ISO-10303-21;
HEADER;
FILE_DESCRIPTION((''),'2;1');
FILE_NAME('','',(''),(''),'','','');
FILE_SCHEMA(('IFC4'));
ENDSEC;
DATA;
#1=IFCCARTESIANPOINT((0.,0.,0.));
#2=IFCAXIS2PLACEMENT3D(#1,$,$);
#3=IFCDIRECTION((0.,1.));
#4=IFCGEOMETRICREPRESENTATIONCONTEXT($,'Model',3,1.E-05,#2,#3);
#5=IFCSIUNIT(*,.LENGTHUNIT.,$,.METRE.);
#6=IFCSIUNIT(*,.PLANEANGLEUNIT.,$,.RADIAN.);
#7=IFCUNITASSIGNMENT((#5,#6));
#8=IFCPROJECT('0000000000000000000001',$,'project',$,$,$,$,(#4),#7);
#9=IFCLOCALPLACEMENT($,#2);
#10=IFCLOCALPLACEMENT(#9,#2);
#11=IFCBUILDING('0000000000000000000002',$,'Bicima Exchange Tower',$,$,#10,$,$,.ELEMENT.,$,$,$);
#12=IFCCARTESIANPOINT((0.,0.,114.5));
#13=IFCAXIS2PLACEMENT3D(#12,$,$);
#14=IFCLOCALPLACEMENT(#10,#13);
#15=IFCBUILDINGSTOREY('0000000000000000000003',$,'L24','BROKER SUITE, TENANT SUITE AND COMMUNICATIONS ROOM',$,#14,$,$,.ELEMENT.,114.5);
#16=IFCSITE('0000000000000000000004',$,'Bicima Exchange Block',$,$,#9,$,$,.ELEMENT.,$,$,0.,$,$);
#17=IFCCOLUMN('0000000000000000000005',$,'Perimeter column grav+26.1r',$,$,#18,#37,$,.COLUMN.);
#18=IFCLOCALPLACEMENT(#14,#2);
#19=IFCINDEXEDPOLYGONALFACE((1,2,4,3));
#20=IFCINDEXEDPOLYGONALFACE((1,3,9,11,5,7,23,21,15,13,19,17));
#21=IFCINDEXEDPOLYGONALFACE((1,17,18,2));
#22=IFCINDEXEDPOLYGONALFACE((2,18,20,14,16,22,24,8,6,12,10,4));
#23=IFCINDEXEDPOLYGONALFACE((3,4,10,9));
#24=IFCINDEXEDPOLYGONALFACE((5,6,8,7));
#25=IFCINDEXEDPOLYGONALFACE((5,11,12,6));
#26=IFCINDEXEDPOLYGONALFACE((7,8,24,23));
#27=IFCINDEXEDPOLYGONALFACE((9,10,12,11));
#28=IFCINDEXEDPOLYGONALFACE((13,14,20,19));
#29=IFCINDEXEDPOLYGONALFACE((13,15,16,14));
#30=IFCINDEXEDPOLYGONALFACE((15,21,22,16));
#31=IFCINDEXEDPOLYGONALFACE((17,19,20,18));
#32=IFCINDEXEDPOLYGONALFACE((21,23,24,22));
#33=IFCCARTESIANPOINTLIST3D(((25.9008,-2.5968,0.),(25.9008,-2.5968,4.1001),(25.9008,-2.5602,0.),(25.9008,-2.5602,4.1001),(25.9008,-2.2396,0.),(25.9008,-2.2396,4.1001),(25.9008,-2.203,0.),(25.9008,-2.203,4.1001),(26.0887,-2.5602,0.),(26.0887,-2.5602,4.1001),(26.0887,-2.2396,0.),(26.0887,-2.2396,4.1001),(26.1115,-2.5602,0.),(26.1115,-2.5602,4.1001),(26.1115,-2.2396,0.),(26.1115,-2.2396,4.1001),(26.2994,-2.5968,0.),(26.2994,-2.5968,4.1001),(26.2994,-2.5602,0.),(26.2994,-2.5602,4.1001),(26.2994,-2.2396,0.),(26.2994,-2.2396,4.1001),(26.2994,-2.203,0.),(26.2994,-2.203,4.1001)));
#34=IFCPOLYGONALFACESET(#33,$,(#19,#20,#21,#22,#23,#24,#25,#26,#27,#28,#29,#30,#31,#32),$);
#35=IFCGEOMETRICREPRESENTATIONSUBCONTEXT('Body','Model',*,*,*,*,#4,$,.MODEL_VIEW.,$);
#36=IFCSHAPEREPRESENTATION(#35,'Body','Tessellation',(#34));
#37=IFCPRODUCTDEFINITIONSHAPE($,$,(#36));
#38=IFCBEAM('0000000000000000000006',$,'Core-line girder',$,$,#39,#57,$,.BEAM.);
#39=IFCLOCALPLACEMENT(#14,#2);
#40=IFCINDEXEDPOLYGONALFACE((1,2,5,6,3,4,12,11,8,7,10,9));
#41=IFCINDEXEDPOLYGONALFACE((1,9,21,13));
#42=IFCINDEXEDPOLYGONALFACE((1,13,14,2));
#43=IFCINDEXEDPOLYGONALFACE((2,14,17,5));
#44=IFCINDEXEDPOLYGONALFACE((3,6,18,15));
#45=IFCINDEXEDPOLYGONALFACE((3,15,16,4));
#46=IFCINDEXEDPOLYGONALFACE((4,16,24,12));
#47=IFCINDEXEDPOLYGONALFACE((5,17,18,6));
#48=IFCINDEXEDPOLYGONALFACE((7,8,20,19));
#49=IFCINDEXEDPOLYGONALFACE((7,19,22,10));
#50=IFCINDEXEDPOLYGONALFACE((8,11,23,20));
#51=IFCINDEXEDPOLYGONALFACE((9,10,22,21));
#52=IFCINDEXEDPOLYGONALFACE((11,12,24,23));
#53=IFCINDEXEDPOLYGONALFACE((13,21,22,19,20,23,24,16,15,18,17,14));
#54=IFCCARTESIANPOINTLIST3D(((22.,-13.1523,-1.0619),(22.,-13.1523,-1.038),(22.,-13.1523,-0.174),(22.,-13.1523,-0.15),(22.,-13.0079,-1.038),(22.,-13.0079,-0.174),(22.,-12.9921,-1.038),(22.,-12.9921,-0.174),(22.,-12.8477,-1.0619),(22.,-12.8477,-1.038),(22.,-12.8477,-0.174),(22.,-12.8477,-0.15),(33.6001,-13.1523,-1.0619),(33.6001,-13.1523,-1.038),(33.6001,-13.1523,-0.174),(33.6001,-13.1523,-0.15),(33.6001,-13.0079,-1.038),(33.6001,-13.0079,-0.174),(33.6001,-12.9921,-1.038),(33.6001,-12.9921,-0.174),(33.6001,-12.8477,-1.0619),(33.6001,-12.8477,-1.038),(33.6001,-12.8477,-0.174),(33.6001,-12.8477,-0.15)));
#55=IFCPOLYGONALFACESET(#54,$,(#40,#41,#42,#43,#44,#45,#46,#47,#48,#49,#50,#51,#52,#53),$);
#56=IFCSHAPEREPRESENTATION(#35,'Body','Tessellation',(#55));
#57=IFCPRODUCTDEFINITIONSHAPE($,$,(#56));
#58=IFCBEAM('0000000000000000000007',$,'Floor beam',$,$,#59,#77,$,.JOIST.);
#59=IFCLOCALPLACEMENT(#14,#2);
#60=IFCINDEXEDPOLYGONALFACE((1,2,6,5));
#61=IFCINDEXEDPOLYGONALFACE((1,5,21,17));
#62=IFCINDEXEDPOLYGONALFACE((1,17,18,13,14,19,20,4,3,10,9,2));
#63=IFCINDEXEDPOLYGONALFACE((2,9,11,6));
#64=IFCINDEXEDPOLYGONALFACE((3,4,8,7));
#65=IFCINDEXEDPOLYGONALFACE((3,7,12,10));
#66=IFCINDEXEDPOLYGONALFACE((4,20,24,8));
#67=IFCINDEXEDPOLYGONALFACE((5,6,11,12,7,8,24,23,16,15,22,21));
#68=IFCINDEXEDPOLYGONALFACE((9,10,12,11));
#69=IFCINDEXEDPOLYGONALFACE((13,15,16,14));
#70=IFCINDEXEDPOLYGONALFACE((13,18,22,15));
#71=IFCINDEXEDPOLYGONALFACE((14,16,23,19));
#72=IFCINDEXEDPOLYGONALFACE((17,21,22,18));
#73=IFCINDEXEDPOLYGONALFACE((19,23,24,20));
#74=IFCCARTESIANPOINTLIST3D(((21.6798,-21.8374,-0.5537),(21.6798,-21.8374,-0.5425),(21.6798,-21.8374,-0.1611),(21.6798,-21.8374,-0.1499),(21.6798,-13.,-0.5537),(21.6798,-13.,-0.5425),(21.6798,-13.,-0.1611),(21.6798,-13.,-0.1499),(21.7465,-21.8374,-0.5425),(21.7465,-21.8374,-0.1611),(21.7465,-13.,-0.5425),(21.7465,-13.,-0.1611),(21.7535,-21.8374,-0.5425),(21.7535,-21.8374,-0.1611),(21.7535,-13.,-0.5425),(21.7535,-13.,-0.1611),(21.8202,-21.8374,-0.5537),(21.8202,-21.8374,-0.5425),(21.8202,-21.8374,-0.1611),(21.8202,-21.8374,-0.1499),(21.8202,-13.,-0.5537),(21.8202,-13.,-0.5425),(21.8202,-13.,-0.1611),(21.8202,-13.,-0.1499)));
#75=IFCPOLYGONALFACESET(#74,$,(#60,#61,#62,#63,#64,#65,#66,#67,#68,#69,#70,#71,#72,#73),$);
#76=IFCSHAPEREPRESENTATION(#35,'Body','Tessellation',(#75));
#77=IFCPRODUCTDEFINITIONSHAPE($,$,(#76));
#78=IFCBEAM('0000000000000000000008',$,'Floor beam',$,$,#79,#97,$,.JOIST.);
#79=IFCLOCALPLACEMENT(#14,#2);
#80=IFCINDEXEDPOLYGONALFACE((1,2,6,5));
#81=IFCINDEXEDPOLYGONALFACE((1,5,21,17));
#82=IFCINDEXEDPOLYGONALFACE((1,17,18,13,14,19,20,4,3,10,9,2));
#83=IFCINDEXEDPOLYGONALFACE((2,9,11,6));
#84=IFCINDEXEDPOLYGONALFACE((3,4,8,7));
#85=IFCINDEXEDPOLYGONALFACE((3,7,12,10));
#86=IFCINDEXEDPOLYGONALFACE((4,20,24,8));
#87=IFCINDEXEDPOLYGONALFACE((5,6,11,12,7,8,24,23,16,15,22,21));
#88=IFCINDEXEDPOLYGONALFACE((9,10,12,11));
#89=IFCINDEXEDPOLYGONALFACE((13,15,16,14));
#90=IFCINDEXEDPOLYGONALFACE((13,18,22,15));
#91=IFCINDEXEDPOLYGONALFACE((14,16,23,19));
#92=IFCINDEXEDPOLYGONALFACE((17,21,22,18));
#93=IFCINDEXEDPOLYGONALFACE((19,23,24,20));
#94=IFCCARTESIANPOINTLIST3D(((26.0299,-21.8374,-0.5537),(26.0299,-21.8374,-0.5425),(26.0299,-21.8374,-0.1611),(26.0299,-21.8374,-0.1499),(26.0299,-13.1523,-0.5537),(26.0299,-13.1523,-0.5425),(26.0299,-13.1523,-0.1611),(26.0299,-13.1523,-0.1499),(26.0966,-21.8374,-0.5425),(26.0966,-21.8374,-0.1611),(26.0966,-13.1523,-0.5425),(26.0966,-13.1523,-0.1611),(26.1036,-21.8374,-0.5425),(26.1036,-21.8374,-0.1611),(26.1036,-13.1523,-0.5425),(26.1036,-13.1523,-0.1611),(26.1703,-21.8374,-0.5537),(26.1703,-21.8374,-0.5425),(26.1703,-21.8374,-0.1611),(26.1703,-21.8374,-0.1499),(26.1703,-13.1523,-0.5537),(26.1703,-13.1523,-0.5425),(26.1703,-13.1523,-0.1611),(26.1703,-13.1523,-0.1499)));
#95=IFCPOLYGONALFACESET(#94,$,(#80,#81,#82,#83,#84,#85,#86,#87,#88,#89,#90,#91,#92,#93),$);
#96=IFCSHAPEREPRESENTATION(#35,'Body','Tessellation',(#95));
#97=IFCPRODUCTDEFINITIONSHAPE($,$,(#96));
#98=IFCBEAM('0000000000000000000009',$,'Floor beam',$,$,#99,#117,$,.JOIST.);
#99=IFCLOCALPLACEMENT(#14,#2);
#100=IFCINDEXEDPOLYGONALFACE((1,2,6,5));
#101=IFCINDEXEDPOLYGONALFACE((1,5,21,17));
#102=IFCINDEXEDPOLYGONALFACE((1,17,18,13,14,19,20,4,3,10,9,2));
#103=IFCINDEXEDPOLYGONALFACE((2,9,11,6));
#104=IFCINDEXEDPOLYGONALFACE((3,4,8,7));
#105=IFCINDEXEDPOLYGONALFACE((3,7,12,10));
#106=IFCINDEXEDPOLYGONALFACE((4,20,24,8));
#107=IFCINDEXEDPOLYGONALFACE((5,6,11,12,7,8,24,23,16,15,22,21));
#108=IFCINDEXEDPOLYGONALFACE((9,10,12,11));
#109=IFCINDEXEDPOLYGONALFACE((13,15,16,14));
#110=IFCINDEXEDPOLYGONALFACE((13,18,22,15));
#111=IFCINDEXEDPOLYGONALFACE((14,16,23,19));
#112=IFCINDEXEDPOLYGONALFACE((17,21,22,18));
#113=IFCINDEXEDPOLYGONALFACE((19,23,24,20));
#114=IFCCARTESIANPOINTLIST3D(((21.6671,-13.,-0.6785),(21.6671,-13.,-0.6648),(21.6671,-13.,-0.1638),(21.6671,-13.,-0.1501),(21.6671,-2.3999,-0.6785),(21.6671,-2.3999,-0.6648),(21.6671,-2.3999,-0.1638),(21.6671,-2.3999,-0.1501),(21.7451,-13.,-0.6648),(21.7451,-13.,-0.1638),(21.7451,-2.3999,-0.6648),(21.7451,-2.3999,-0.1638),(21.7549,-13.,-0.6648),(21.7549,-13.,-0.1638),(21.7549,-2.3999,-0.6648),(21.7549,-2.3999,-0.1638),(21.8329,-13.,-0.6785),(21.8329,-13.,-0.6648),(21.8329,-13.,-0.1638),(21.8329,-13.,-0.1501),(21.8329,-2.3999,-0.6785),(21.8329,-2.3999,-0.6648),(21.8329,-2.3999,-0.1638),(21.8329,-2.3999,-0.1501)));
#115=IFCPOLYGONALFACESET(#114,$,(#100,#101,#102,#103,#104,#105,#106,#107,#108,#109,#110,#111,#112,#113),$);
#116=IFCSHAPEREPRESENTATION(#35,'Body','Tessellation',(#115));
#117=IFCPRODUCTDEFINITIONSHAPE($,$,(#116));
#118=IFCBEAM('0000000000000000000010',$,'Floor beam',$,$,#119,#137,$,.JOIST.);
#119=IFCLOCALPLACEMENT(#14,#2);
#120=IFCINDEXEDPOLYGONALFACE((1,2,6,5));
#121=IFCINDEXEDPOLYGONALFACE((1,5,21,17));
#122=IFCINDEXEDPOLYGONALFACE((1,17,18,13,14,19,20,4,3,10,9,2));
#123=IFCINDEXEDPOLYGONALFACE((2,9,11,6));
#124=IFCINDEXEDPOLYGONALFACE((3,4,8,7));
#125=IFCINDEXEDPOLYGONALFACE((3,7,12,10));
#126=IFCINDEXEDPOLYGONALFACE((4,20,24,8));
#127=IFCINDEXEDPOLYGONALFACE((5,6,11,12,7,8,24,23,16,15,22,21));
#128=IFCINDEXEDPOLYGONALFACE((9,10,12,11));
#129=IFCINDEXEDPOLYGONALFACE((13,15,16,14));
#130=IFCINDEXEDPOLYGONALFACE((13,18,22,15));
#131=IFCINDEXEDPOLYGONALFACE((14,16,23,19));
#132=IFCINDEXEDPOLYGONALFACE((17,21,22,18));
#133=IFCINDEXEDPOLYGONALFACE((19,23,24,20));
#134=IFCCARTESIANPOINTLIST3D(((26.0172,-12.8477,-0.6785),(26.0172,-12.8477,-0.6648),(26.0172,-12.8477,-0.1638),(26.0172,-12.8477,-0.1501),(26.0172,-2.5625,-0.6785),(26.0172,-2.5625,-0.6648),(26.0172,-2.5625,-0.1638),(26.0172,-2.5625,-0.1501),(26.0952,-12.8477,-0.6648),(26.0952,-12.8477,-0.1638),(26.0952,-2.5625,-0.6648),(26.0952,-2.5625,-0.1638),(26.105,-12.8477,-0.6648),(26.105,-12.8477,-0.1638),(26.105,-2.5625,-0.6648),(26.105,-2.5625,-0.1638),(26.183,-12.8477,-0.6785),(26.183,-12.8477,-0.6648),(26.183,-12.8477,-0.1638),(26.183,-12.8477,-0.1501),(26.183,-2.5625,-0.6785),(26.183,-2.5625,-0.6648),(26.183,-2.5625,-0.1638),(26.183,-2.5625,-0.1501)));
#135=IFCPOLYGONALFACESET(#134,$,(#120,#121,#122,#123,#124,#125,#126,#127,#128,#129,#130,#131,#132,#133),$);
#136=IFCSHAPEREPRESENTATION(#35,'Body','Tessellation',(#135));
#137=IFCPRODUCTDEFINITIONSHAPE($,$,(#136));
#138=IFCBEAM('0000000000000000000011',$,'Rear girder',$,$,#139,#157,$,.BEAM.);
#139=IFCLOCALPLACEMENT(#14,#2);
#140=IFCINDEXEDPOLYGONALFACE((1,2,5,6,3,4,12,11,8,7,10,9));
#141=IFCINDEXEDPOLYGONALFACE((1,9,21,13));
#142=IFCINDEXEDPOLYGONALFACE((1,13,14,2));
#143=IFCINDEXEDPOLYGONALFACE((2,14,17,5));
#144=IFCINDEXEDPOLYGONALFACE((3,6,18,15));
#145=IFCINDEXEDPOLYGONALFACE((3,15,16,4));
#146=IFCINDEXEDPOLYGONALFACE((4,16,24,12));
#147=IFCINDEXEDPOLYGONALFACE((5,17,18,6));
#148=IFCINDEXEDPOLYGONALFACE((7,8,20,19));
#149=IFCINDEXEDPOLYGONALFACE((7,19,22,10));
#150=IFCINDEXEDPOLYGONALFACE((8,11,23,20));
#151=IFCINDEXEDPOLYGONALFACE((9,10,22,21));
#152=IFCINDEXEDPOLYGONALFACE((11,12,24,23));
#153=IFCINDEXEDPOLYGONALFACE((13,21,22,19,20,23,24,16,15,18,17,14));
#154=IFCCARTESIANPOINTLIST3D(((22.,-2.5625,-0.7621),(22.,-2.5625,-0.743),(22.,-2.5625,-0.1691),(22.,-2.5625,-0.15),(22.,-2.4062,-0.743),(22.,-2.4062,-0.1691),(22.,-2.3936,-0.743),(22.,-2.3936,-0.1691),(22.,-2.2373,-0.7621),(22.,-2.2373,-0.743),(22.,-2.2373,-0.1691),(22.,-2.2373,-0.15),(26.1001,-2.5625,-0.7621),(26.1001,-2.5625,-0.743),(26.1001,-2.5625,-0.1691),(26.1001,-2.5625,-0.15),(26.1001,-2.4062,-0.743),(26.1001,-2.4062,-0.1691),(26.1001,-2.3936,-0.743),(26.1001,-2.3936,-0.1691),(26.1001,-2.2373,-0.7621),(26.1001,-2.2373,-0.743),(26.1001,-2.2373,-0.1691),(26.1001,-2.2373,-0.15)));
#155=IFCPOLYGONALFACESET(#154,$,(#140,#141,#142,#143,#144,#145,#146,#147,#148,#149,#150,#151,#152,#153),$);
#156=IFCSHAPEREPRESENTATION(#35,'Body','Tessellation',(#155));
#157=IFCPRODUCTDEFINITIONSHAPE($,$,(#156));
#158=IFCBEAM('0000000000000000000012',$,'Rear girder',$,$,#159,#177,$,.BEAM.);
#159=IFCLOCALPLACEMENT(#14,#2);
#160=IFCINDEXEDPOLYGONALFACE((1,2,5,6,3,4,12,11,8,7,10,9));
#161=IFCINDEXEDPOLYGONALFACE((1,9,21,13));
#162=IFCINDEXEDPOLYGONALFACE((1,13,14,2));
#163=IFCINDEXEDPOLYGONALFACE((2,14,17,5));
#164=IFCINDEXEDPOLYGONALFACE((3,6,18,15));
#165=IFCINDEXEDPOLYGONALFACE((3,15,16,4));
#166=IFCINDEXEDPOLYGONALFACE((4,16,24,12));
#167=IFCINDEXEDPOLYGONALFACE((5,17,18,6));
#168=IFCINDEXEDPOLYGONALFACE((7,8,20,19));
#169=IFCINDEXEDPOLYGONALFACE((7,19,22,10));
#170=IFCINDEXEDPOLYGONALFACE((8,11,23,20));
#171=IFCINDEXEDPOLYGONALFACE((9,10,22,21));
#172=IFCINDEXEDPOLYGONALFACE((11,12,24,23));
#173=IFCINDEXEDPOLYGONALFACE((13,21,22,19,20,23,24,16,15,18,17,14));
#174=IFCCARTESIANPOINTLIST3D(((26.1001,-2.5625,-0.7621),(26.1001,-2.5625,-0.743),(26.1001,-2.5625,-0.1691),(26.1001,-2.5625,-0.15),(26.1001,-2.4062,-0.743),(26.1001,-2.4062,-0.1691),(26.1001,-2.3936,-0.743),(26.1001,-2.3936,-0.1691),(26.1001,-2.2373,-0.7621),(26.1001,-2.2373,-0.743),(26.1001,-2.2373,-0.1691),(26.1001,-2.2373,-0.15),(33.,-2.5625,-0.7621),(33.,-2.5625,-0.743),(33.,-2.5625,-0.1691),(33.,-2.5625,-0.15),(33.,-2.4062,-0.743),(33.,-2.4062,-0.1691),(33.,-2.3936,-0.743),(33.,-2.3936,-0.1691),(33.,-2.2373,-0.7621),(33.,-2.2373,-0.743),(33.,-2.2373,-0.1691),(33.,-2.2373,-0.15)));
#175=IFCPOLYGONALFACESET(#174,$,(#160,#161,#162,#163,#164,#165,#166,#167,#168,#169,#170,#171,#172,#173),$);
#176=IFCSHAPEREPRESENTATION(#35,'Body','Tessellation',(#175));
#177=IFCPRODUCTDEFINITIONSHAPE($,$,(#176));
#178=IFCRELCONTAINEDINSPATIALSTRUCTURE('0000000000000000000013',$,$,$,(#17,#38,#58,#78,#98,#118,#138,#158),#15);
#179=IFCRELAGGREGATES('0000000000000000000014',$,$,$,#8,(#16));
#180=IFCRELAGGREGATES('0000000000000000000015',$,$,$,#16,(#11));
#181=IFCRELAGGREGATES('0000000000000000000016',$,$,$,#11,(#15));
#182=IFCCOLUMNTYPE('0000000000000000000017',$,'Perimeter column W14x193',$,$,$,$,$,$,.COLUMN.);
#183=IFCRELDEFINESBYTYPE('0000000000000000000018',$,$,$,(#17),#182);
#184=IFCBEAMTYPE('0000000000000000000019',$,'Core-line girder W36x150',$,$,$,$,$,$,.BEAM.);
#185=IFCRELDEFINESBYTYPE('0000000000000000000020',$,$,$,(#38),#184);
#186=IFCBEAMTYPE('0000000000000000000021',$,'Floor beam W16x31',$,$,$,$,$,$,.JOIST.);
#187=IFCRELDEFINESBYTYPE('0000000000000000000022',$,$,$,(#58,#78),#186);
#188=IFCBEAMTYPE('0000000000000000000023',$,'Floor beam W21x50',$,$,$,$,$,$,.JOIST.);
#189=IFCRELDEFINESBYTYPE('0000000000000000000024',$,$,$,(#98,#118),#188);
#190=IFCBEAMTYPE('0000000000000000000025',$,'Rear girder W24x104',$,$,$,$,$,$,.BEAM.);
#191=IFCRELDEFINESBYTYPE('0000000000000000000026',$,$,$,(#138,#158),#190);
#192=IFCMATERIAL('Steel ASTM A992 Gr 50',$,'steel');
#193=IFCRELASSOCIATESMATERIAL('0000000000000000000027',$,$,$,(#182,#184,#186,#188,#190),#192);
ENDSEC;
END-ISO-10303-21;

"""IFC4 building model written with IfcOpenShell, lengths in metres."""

from ifc_helpers import new_model, si_unit, direction, frame, origin, origin_2d, place, context, subcontext, project, spatial, i_section, extrude, material, material_profile, profile_set, type_object, element, save


model = new_model("IFC4")

# Units and contexts
model_context = context("Model", 3, precision=1e-05, world=origin(), true_north=direction((0.0, 1.0)))
body_context = subcontext(model_context, "Body", "Model", "MODEL_VIEW")
ifc_project = project(units=[si_unit("LENGTHUNIT", "METRE"), si_unit("PLANEANGLEUNIT", "RADIAN")], contexts=[model_context])

# Site, building, storey
site_placement = place(None, origin())
site = spatial("IfcSite", under=ifc_project, at=site_placement, Name="Bicima Exchange Block", CompositionType="ELEMENT", RefElevation=0.0)
building_placement = place(site_placement, origin())
building = spatial("IfcBuilding", under=site, at=building_placement, Name="Bicima Exchange Tower", CompositionType="ELEMENT")
storey_placement = place(building_placement, frame((0.0, 0.0, 114.5)))
storey = spatial("IfcBuildingStorey", under=building, at=storey_placement, Name="L24", Description="BROKER SUITE, TENANT SUITE AND COMMUNICATIONS ROOM", CompositionType="ELEMENT", Elevation=114.5)

# Column
ifc_material_1 = material(Name="Steel ASTM A992 Gr 50", Category="steel")
ifc_material_profile_1 = material_profile(ifc_material_1, i_section(OverallWidth=0.3987, OverallDepth=0.3938, WebThickness=0.0227, FlangeThickness=0.0366, at=origin_2d()))
ifc_profile_set_1 = profile_set([ifc_material_profile_1], Name="Steel ASTM A992 Gr 50")
column_type = type_object("IfcColumnType", Name="Perimeter column W14x193", PredefinedType="COLUMN", material=ifc_profile_set_1)
column_placement = place(storey_placement, frame((26.1001, -2.3999, 0.0), z_axis=(0.0, 0.0, 1.0), x_axis=(1.0, 0.0, 0.0)))
element("IfcColumn", 1, at=column_placement, inside=storey, type_object=column_type, Name="Perimeter column grav+26.1r", PredefinedType="COLUMN", context=body_context, shape_type="SweptSolid", body=[
    extrude(i_section(OverallWidth=0.3987, OverallDepth=0.3938, WebThickness=0.0227, FlangeThickness=0.0366, at=origin_2d()), origin(), (0.0, 0.0, 1.0), 4.1001),
])

# Beams
ifc_material_profile_2 = material_profile(ifc_material_1, i_section(OverallWidth=0.3047, OverallDepth=0.9119, WebThickness=0.0159, FlangeThickness=0.0239, at=origin_2d()))
ifc_profile_set_2 = profile_set([ifc_material_profile_2], Name="Steel ASTM A992 Gr 50")
beam_type_1 = type_object("IfcBeamType", Name="Core-line girder W36x150", PredefinedType="BEAM", material=ifc_profile_set_2)
beam_1_placement = place(storey_placement, frame((22.0, -13.0, -0.606), z_axis=(1.0, 0.0, 0.0), x_axis=(0.0, 1.0, 0.0)))
element("IfcBeam", 2, at=beam_1_placement, inside=storey, type_object=beam_type_1, Name="Core-line girder", PredefinedType="BEAM", context=body_context, shape_type="SweptSolid", body=[
    extrude(i_section(OverallWidth=0.3047, OverallDepth=0.9119, WebThickness=0.0159, FlangeThickness=0.0239, at=origin_2d()), origin(), (0.0, 0.0, 1.0), 11.6001),
])
ifc_material_profile_3 = material_profile(ifc_material_1, i_section(OverallWidth=0.1404, OverallDepth=0.4038, WebThickness=0.0071, FlangeThickness=0.0112, at=origin_2d()))
ifc_profile_set_3 = profile_set([ifc_material_profile_3], Name="Steel ASTM A992 Gr 50")
beam_type_2 = type_object("IfcBeamType", Name="Floor beam W16x31", PredefinedType="JOIST", material=ifc_profile_set_3)
beam_2_placement = place(storey_placement, frame((21.75, -13.0, -0.3518), z_axis=(0.0, -1.0, 0.0), x_axis=(1.0, 0.0, 0.0)))
element("IfcBeam", 3, at=beam_2_placement, inside=storey, type_object=beam_type_2, Name="Floor beam", PredefinedType="JOIST", context=body_context, shape_type="SweptSolid", body=[
    extrude(i_section(OverallWidth=0.1404, OverallDepth=0.4038, WebThickness=0.0071, FlangeThickness=0.0112, at=origin_2d()), origin(), (0.0, 0.0, 1.0), 8.8374),
])
beam_3_placement = place(storey_placement, frame((26.1001, -13.1523, -0.3518), z_axis=(0.0, -1.0, 0.0), x_axis=(1.0, 0.0, 0.0)))
element("IfcBeam", 4, at=beam_3_placement, inside=storey, type_object=beam_type_2, Name="Floor beam", PredefinedType="JOIST", context=body_context, shape_type="SweptSolid", body=[
    extrude(i_section(OverallWidth=0.1404, OverallDepth=0.4038, WebThickness=0.0071, FlangeThickness=0.0112, at=origin_2d()), origin(), (0.0, 0.0, 1.0), 8.6851),
])
ifc_material_profile_4 = material_profile(ifc_material_1, i_section(OverallWidth=0.1658, OverallDepth=0.5283, WebThickness=0.0098, FlangeThickness=0.0137, at=origin_2d()))
ifc_profile_set_4 = profile_set([ifc_material_profile_4], Name="Steel ASTM A992 Gr 50")
beam_type_3 = type_object("IfcBeamType", Name="Floor beam W21x50", PredefinedType="JOIST", material=ifc_profile_set_4)
beam_4_placement = place(storey_placement, frame((21.75, -2.3999, -0.4143), z_axis=(0.0, -1.0, 0.0), x_axis=(1.0, 0.0, 0.0)))
element("IfcBeam", 5, at=beam_4_placement, inside=storey, type_object=beam_type_3, Name="Floor beam", PredefinedType="JOIST", context=body_context, shape_type="SweptSolid", body=[
    extrude(i_section(OverallWidth=0.1658, OverallDepth=0.5283, WebThickness=0.0098, FlangeThickness=0.0137, at=origin_2d()), origin(), (0.0, 0.0, 1.0), 10.6001),
])
beam_5_placement = place(storey_placement, frame((26.1001, -2.5625, -0.4143), z_axis=(0.0, -1.0, 0.0), x_axis=(1.0, 0.0, 0.0)))
element("IfcBeam", 6, at=beam_5_placement, inside=storey, type_object=beam_type_3, Name="Floor beam", PredefinedType="JOIST", context=body_context, shape_type="SweptSolid", body=[
    extrude(i_section(OverallWidth=0.1658, OverallDepth=0.5283, WebThickness=0.0098, FlangeThickness=0.0137, at=origin_2d()), origin(), (0.0, 0.0, 1.0), 10.2852),
])
ifc_material_profile_5 = material_profile(ifc_material_1, i_section(OverallWidth=0.3252, OverallDepth=0.6121, WebThickness=0.0127, FlangeThickness=0.019, at=origin_2d()))
ifc_profile_set_5 = profile_set([ifc_material_profile_5], Name="Steel ASTM A992 Gr 50")
beam_type_4 = type_object("IfcBeamType", Name="Rear girder W24x104", PredefinedType="BEAM", material=ifc_profile_set_5)
beam_6_placement = place(storey_placement, frame((22.0, -2.3999, -0.4561), z_axis=(1.0, 0.0, 0.0), x_axis=(0.0, 1.0, 0.0)))
element("IfcBeam", 7, at=beam_6_placement, inside=storey, type_object=beam_type_4, Name="Rear girder", PredefinedType="BEAM", context=body_context, shape_type="SweptSolid", body=[
    extrude(i_section(OverallWidth=0.3252, OverallDepth=0.6121, WebThickness=0.0127, FlangeThickness=0.019, at=origin_2d()), origin(), (0.0, 0.0, 1.0), 4.1001),
])
beam_7_placement = place(storey_placement, frame((26.1001, -2.3999, -0.4561), z_axis=(1.0, 0.0, 0.0), x_axis=(0.0, 1.0, 0.0)))
element("IfcBeam", 8, at=beam_7_placement, inside=storey, type_object=beam_type_4, Name="Rear girder", PredefinedType="BEAM", context=body_context, shape_type="SweptSolid", body=[
    extrude(i_section(OverallWidth=0.3252, OverallDepth=0.6121, WebThickness=0.0127, FlangeThickness=0.019, at=origin_2d()), origin(), (0.0, 0.0, 1.0), 6.8999),
])

save(model, "model.ifc")
